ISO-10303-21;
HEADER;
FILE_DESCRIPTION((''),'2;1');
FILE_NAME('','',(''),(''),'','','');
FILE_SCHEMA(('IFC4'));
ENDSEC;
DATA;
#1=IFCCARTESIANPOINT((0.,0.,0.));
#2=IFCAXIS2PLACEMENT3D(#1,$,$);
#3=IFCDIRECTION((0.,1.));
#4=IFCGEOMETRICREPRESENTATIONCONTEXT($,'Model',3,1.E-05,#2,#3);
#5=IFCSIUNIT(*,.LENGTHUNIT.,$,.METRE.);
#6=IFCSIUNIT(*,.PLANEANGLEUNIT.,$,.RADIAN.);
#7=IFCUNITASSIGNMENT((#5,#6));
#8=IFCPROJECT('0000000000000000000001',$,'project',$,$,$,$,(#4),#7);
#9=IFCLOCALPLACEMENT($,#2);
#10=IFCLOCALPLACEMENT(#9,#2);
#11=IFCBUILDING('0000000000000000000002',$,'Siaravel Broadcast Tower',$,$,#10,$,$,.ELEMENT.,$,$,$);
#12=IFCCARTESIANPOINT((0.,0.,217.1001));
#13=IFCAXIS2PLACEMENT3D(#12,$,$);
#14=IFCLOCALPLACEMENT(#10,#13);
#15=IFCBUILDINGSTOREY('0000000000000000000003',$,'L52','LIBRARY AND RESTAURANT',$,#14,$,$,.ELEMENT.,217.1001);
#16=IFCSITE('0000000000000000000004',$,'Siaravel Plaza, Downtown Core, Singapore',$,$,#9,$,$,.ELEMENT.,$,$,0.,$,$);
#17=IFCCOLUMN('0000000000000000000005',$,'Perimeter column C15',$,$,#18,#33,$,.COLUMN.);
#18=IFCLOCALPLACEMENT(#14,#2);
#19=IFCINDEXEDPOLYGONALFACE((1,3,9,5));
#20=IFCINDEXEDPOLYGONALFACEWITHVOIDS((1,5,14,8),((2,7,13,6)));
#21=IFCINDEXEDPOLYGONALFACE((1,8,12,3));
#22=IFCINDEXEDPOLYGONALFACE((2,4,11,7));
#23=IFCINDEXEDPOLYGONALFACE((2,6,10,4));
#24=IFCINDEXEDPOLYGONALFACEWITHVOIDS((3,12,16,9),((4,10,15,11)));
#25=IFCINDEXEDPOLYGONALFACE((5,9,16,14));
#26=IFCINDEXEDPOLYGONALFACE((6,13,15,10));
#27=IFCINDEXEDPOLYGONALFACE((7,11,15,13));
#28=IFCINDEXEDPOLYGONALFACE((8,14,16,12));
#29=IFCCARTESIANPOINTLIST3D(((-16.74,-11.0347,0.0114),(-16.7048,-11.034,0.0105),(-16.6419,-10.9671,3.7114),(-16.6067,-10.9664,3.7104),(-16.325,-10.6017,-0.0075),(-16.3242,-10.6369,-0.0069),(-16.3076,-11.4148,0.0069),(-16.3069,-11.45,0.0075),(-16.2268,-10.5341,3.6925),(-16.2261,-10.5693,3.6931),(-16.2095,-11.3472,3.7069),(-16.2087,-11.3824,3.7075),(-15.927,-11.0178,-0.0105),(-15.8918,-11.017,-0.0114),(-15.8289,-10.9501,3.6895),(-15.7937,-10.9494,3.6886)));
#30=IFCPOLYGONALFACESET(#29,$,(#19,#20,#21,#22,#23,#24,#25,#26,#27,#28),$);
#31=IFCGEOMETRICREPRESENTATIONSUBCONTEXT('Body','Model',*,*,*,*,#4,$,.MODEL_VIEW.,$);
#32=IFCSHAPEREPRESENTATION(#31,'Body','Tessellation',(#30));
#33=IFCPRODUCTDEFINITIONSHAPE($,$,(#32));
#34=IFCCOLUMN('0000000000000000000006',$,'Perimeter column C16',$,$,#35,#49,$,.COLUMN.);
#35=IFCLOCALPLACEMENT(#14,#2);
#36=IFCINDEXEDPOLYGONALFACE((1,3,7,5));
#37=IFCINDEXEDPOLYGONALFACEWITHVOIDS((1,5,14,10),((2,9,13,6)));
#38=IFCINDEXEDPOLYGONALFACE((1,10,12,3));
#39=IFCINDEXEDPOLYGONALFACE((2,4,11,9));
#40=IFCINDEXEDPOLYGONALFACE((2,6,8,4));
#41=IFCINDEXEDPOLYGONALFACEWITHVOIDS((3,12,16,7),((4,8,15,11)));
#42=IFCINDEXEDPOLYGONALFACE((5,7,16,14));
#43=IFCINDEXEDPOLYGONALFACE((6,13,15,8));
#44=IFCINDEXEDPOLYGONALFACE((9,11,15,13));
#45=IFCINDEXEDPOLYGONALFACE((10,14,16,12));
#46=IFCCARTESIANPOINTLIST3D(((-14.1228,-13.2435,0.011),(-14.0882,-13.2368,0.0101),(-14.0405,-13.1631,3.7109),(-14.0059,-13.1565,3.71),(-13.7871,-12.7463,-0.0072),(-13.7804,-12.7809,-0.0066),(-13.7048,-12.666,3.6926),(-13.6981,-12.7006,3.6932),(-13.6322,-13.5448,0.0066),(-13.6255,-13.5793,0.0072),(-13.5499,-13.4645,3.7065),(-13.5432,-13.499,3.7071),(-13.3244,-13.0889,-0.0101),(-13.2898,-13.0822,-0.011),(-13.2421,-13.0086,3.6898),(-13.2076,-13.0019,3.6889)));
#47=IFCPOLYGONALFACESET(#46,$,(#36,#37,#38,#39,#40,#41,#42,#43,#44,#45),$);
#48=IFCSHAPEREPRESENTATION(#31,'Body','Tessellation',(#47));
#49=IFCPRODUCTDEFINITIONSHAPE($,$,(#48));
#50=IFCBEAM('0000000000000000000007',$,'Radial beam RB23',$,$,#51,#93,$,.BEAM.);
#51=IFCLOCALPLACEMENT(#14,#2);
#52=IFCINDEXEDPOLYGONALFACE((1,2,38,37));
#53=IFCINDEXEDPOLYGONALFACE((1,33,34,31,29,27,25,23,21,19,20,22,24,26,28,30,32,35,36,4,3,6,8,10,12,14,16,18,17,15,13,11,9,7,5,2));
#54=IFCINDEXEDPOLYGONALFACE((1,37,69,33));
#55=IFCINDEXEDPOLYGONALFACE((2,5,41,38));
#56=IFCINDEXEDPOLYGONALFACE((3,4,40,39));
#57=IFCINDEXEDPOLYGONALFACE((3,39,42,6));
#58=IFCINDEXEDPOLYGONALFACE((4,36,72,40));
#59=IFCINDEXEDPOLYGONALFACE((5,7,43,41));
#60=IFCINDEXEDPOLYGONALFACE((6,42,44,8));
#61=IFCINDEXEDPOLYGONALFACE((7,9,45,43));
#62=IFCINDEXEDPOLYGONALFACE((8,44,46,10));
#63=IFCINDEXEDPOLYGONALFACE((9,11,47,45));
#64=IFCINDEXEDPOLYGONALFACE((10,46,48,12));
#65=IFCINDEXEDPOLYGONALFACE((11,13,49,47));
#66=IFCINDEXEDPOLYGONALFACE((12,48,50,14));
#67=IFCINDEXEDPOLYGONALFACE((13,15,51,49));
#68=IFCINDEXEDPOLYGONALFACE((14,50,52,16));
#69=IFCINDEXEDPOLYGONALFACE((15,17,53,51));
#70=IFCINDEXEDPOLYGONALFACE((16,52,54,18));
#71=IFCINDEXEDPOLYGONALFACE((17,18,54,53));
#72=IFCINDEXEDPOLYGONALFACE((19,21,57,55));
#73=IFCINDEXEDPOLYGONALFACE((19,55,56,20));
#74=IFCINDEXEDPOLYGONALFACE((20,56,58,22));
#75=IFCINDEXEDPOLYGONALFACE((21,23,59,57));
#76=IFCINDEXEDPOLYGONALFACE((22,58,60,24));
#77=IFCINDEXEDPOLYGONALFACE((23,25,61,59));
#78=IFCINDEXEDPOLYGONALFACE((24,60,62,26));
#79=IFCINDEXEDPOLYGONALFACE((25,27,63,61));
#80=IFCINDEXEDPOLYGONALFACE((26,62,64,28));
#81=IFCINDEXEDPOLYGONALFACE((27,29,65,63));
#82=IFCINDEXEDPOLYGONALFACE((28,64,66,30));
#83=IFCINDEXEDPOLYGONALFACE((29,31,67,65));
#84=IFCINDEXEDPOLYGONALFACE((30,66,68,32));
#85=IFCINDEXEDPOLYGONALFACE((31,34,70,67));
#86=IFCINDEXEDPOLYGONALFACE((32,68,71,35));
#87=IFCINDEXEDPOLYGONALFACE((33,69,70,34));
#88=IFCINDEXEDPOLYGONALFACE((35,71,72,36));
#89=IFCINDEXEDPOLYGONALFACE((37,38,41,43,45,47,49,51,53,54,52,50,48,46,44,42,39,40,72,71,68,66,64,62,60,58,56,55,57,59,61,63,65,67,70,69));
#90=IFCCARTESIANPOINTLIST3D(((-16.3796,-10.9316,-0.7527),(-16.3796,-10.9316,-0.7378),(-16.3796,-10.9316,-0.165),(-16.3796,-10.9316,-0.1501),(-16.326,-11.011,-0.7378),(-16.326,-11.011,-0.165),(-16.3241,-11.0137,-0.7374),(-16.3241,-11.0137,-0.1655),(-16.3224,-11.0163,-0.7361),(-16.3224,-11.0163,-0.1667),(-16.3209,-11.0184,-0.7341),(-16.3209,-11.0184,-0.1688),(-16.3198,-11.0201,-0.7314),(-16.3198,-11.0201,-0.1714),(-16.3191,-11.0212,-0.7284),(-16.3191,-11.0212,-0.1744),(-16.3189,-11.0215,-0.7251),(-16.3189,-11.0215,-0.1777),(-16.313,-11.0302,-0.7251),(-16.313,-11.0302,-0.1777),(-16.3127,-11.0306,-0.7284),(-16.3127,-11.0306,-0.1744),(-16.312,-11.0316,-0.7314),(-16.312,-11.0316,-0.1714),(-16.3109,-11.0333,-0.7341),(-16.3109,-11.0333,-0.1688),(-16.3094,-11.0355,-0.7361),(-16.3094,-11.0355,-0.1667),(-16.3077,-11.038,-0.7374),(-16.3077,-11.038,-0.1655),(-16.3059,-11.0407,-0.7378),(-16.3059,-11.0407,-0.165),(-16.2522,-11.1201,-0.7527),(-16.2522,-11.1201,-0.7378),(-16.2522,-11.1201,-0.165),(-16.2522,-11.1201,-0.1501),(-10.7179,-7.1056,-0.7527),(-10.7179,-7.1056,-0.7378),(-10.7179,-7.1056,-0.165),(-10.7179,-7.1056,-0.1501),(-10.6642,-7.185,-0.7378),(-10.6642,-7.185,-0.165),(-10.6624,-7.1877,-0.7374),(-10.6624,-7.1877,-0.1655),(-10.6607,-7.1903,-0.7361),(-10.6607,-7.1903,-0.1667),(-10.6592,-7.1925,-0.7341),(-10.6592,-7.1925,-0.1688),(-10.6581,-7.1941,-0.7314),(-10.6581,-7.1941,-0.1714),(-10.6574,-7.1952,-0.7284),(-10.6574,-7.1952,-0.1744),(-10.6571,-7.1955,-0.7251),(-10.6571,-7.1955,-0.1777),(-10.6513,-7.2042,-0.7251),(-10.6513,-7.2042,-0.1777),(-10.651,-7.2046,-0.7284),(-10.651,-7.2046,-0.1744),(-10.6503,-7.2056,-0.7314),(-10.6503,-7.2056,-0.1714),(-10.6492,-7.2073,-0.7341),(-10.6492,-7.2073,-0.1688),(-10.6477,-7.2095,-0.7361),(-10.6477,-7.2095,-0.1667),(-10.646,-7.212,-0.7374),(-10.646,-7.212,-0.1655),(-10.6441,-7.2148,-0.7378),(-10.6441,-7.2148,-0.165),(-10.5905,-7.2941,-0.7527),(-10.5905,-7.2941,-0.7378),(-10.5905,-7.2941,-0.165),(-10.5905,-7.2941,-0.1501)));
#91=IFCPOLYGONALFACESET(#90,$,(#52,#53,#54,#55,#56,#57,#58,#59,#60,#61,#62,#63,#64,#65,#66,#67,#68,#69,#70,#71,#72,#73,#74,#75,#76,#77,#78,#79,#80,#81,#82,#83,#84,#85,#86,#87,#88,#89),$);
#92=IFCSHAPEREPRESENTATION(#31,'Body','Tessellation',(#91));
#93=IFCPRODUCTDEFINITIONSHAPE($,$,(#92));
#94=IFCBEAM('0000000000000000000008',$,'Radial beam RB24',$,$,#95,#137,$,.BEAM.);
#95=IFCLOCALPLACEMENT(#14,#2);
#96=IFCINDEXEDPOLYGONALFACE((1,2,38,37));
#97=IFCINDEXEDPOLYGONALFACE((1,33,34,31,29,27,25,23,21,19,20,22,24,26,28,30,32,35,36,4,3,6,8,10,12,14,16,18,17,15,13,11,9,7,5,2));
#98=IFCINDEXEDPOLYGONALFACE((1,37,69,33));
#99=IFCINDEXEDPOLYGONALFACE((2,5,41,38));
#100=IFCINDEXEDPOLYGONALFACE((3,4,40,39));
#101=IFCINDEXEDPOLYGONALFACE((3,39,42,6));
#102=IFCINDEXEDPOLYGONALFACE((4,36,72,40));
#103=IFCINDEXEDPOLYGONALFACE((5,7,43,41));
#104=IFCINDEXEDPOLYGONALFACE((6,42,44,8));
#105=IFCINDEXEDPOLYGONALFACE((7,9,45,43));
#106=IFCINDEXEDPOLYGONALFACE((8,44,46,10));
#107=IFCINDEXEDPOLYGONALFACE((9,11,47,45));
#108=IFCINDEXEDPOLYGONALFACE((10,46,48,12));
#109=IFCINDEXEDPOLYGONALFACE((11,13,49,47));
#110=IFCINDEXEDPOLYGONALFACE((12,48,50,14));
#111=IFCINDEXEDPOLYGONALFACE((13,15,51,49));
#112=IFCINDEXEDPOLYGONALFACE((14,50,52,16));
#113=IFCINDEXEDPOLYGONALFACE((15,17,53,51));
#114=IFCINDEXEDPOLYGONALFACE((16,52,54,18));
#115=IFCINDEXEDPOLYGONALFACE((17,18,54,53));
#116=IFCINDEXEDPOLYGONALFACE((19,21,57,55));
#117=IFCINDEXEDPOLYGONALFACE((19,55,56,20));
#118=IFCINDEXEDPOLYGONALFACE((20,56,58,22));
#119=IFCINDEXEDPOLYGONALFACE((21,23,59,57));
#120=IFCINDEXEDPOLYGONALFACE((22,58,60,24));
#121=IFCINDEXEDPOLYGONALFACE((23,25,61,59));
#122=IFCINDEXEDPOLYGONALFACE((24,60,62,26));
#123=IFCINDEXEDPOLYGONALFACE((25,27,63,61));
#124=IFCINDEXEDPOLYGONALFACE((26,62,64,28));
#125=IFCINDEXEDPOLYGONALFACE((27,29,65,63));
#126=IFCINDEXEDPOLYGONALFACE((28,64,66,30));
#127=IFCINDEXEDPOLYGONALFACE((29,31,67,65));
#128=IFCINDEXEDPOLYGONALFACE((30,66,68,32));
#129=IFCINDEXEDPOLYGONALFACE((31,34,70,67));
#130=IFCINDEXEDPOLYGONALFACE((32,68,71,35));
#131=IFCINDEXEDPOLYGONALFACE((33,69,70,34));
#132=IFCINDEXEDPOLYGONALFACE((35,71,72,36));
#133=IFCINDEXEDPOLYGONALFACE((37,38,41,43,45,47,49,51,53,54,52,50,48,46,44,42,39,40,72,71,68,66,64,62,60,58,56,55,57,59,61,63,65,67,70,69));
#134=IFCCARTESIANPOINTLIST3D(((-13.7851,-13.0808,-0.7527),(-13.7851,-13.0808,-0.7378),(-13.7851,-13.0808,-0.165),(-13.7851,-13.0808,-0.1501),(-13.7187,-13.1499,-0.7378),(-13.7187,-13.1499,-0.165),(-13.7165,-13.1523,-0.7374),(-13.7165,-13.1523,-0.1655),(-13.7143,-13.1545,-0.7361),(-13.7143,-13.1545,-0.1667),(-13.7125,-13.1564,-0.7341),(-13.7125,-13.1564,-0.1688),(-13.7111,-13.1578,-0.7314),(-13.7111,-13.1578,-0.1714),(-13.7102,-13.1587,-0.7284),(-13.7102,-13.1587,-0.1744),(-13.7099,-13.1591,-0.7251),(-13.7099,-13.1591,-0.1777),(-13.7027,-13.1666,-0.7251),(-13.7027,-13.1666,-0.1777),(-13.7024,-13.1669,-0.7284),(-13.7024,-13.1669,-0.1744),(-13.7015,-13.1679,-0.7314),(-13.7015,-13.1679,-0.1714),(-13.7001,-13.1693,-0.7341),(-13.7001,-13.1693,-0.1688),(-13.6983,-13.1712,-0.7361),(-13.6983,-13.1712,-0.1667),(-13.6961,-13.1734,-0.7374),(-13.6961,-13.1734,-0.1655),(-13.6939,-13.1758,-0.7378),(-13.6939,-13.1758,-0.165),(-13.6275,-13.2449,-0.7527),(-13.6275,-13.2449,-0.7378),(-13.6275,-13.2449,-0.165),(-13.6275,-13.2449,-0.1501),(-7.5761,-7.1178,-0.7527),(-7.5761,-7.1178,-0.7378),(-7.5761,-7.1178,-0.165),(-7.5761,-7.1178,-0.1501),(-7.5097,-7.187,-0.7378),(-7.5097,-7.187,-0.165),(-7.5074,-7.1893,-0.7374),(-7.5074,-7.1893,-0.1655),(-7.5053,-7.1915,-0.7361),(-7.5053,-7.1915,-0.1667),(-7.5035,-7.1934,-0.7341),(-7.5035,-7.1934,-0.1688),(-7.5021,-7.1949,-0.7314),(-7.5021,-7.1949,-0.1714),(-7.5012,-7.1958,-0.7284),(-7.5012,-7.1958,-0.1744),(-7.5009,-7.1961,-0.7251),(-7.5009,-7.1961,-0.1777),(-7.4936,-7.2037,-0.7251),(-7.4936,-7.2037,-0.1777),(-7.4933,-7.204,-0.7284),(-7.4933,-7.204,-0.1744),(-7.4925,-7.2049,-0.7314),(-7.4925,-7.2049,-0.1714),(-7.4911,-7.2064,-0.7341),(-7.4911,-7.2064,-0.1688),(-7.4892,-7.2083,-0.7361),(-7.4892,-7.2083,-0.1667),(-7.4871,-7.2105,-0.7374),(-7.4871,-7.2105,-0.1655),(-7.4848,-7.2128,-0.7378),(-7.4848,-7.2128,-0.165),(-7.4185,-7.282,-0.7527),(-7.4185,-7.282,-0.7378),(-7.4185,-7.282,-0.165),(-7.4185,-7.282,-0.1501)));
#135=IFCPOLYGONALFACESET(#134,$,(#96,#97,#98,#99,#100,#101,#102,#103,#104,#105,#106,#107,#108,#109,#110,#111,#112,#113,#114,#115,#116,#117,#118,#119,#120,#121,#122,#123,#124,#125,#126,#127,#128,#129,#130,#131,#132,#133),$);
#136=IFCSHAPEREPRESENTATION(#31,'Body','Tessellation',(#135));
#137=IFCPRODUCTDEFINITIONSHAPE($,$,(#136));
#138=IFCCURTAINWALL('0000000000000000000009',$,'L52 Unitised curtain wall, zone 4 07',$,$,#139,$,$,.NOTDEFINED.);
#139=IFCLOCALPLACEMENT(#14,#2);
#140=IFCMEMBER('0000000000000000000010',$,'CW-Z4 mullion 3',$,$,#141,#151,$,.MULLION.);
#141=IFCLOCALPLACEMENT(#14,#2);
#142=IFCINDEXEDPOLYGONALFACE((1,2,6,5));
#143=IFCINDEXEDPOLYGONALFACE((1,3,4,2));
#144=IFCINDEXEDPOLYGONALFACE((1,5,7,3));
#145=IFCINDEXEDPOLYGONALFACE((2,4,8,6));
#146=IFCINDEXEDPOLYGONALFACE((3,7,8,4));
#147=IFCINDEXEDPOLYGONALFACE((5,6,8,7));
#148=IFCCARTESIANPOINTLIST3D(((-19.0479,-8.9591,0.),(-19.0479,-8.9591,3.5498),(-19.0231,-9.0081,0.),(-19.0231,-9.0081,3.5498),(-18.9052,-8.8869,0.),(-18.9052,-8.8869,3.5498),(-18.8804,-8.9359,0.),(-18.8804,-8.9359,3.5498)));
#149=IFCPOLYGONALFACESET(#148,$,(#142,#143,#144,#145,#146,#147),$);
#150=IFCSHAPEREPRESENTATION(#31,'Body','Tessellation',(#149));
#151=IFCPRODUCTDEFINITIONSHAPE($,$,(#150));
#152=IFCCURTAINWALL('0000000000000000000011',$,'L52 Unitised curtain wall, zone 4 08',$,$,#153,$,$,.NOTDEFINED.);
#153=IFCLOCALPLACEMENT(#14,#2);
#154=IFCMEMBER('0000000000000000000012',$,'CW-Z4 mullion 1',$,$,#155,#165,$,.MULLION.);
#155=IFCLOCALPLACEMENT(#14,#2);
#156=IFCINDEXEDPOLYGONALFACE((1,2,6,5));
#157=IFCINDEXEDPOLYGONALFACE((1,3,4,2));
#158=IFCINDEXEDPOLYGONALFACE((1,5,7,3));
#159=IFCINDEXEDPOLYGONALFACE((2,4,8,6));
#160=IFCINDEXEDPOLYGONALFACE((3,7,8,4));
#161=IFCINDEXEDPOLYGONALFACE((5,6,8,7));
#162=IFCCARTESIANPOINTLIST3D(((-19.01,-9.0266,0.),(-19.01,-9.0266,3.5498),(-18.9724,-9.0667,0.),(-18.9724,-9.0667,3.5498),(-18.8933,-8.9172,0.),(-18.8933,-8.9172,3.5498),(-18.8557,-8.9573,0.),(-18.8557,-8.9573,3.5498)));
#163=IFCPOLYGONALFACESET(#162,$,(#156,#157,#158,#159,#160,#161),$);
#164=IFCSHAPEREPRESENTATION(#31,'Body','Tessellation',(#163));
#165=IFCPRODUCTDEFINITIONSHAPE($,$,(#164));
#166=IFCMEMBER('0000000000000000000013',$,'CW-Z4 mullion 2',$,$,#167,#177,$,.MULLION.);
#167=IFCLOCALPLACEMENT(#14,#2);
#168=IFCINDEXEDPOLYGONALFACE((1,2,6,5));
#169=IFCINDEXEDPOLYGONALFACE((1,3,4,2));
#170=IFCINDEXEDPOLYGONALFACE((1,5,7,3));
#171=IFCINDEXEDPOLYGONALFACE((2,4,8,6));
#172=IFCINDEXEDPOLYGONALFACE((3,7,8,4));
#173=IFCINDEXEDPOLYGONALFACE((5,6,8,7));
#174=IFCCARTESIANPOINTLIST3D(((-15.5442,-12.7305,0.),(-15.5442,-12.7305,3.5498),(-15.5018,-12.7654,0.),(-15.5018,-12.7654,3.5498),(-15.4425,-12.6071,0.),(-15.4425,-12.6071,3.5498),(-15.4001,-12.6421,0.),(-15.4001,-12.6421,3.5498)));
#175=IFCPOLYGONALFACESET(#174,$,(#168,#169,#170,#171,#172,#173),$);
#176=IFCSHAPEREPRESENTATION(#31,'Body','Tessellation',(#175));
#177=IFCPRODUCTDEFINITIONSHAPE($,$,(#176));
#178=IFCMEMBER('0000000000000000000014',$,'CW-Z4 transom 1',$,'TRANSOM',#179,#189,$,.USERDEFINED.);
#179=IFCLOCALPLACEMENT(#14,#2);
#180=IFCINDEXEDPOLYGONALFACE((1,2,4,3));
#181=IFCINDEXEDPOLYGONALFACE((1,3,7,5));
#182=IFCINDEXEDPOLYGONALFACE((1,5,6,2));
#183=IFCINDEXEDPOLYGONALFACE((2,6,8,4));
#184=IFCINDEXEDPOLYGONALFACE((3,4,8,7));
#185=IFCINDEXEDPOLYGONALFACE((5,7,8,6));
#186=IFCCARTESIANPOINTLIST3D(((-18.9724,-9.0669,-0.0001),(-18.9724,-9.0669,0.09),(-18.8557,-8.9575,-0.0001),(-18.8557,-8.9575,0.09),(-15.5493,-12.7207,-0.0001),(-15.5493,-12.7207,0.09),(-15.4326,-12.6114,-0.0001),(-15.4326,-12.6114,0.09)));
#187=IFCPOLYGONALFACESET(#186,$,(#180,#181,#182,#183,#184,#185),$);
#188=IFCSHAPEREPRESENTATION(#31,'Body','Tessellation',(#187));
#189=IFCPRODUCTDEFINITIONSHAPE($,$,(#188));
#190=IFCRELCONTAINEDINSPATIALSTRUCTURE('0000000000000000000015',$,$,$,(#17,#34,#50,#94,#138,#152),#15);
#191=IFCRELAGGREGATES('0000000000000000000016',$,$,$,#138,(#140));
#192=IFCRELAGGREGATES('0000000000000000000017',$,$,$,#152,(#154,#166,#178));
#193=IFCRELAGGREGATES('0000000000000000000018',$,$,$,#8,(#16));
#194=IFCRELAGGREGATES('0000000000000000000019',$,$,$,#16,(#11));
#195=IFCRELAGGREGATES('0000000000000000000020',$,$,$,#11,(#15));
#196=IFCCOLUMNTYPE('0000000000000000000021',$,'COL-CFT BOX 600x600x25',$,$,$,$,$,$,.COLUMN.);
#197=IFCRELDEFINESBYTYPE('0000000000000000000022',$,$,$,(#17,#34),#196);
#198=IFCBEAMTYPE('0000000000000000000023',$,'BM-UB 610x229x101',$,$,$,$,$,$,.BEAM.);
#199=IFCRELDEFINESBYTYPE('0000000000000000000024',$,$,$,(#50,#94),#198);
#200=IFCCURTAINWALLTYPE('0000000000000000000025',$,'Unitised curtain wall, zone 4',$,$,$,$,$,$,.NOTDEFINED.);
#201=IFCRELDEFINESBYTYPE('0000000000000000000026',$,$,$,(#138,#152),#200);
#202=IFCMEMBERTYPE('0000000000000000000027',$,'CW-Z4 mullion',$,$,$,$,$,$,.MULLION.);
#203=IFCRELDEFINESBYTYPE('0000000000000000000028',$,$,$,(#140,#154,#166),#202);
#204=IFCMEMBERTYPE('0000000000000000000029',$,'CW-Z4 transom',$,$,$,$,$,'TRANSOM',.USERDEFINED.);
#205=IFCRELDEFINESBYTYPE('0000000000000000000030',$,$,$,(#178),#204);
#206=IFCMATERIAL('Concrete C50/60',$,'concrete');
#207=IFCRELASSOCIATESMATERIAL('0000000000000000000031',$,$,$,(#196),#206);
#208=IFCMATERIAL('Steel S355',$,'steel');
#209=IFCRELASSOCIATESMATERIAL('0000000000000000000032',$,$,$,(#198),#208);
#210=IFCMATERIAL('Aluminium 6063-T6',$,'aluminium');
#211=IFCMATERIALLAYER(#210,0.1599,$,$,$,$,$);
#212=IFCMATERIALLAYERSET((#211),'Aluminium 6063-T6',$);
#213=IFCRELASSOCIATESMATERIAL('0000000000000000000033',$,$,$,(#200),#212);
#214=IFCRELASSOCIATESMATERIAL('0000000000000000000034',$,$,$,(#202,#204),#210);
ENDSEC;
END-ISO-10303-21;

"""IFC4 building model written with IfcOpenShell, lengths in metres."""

from ifc_helpers import new_model, si_unit, direction, frame, origin, origin_2d, place, context, subcontext, project, spatial, rectangle, hollow_rectangle, i_section, extrude, material, layer, layer_set, material_profile, profile_set, type_object, element, aggregate, save


model = new_model("IFC4")

# Units and contexts
model_context = context("Model", 3, precision=1e-05, world=origin(), true_north=direction((0.0, 1.0)))
body_context = subcontext(model_context, "Body", "Model", "MODEL_VIEW")
ifc_project = project(units=[si_unit("LENGTHUNIT", "METRE"), si_unit("PLANEANGLEUNIT", "RADIAN")], contexts=[model_context])

# Site, building, storey
site_placement = place(None, origin())
site = spatial("IfcSite", under=ifc_project, at=site_placement, Name="Siaravel Plaza, Downtown Core, Singapore", CompositionType="ELEMENT", RefElevation=0.0)
building_placement = place(site_placement, origin())
building = spatial("IfcBuilding", under=site, at=building_placement, Name="Siaravel Broadcast Tower", CompositionType="ELEMENT")
storey_placement = place(building_placement, frame((0.0, 0.0, 217.1001)))
storey = spatial("IfcBuildingStorey", under=building, at=storey_placement, Name="L52", Description="LIBRARY AND RESTAURANT", CompositionType="ELEMENT", Elevation=217.1001)

# Columns
ifc_material_1 = material(Name="Concrete C50/60", Category="concrete")
ifc_material_profile_1 = material_profile(ifc_material_1, hollow_rectangle(XDim=0.6001, YDim=0.6001, WallThickness=0.0249, at=origin_2d()))
ifc_profile_set_1 = profile_set([ifc_material_profile_1], Name="Concrete C50/60")
column_type = type_object("IfcColumnType", Name="COL-CFT BOX 600x600x25", PredefinedType="COLUMN", material=ifc_profile_set_1)
column_1_placement = place(storey_placement, frame((-16.3159, -11.0259, 0.0), z_axis=(0.026512, 0.018268, 0.999482), x_axis=(-0.721794, 0.692077, 0.006497)))
element("IfcColumn", 1, at=column_1_placement, inside=storey, type_object=column_type, Name="Perimeter column C15", PredefinedType="COLUMN", context=body_context, shape_type="SweptSolid", body=[
    extrude(hollow_rectangle(XDim=0.6001, YDim=0.6001, WallThickness=0.0249, at=origin_2d()), origin(), (0.0, 0.0, 1.0), 3.7019),
])
column_2_placement = place(storey_placement, frame((-13.7063, -13.1628, 0.0), z_axis=(0.022226, 0.021699, 0.999517), x_axis=(-0.828663, 0.559712, 0.006276)))
element("IfcColumn", 2, at=column_2_placement, inside=storey, type_object=column_type, Name="Perimeter column C16", PredefinedType="COLUMN", context=body_context, shape_type="SweptSolid", body=[
    extrude(hollow_rectangle(XDim=0.6001, YDim=0.6001, WallThickness=0.0249, at=origin_2d()), origin(), (0.0, 0.0, 1.0), 3.7017),
])

# Beams
ifc_material_2 = material(Name="Steel S355", Category="steel")
ifc_material_profile_2 = material_profile(ifc_material_2, i_section(OverallWidth=0.2275, OverallDepth=0.6025, WebThickness=0.0105, FlangeThickness=0.0149, FilletRadius=0.0127, at=origin_2d()))
ifc_profile_set_2 = profile_set([ifc_material_profile_2], Name="Steel S355")
beam_type = type_object("IfcBeamType", Name="BM-UB 610x229x101", PredefinedType="BEAM", material=ifc_profile_set_2)
beam_1_placement = place(storey_placement, frame((-16.3159, -11.0259, -0.4514), z_axis=(0.828554, 0.559908, 0.0), x_axis=(-0.559908, 0.828554, 0.0)))
element("IfcBeam", 3, at=beam_1_placement, inside=storey, type_object=beam_type, Name="Radial beam RB23", PredefinedType="BEAM", context=body_context, shape_type="SweptSolid", body=[
    extrude(i_section(OverallWidth=0.2275, OverallDepth=0.6025, WebThickness=0.0105, FlangeThickness=0.0149, FilletRadius=0.0127, at=origin_2d()), origin(), (0.0, 0.0, 1.0), 6.8333),
])
beam_2_placement = place(storey_placement, frame((-13.7063, -13.1628, -0.4514), z_axis=(0.721256, 0.692669, 0.0), x_axis=(-0.692669, 0.721256, 0.0)))
element("IfcBeam", 4, at=beam_2_placement, inside=storey, type_object=beam_type, Name="Radial beam RB24", PredefinedType="BEAM", context=body_context, shape_type="SweptSolid", body=[
    extrude(i_section(OverallWidth=0.2275, OverallDepth=0.6025, WebThickness=0.0105, FlangeThickness=0.0149, FilletRadius=0.0127, at=origin_2d()), origin(), (0.0, 0.0, 1.0), 8.6086),
])

# Curtain wall, member
ifc_material_3 = material(Name="Aluminium 6063-T6", Category="aluminium")
ifc_layer_1 = layer(ifc_material_3, 0.1599)
ifc_layer_set_1 = layer_set([ifc_layer_1], Name="Aluminium 6063-T6")
curtain_wall_type = type_object("IfcCurtainWallType", Name="Unitised curtain wall, zone 4", PredefinedType="NOTDEFINED", material=ifc_layer_set_1)
curtain_wall_1_placement = place(storey_placement, origin())
curtain_wall_1 = element("IfcCurtainWall", 5, at=curtain_wall_1_placement, inside=storey, type_object=curtain_wall_type, Name="L52 Unitised curtain wall, zone 4 07", PredefinedType="NOTDEFINED")
ifc_material_profile_3 = material_profile(ifc_material_3, rectangle(XDim=0.1599, YDim=0.0549, at=origin_2d()))
ifc_profile_set_3 = profile_set([ifc_material_profile_3], Name="Aluminium 6063-T6")
member_type_1 = type_object("IfcMemberType", Name="CW-Z4 mullion", PredefinedType="MULLION", material=ifc_profile_set_3)
member_1_placement = place(storey_placement, frame((-18.9641, -8.9475, 0.0), z_axis=(0.0, 0.0, 1.0), x_axis=(0.892393, 0.45126, 0.0)))
member_1 = element("IfcMember", 6, at=member_1_placement, type_object=member_type_1, Name="CW-Z4 mullion 3", PredefinedType="MULLION", context=body_context, shape_type="SweptSolid", body=[
    extrude(rectangle(XDim=0.1599, YDim=0.0549, at=origin_2d()), origin(), (0.0, 0.0, 1.0), 3.5498),
])
aggregate(curtain_wall_1, [member_1])

# Curtain wall, members
curtain_wall_2_placement = place(storey_placement, origin())
curtain_wall_2 = element("IfcCurtainWall", 7, at=curtain_wall_2_placement, inside=storey, type_object=curtain_wall_type, Name="L52 Unitised curtain wall, zone 4 08", PredefinedType="NOTDEFINED")
member_2_placement = place(storey_placement, frame((-18.9329, -8.9919, 0.0), z_axis=(0.0, 0.0, 1.0), x_axis=(0.729806, 0.683654, 0.0)))
member_2 = element("IfcMember", 8, at=member_2_placement, type_object=member_type_1, Name="CW-Z4 mullion 1", PredefinedType="MULLION", context=body_context, shape_type="SweptSolid", body=[
    extrude(rectangle(XDim=0.1599, YDim=0.0549, at=origin_2d()), origin(), (0.0, 0.0, 1.0), 3.5498),
])
member_3_placement = place(storey_placement, frame((-15.4722, -12.6863, 0.0), z_axis=(0.0, 0.0, 1.0), x_axis=(0.63622, 0.771508, 0.0)))
member_3 = element("IfcMember", 9, at=member_3_placement, type_object=member_type_1, Name="CW-Z4 mullion 2", PredefinedType="MULLION", context=body_context, shape_type="SweptSolid", body=[
    extrude(rectangle(XDim=0.1599, YDim=0.0549, at=origin_2d()), origin(), (0.0, 0.0, 1.0), 3.5498),
])
ifc_material_profile_4 = material_profile(ifc_material_3, rectangle(XDim=0.1599, YDim=0.0901, at=origin_2d()))
ifc_profile_set_4 = profile_set([ifc_material_profile_4], Name="Aluminium 6063-T6")
member_type_2 = type_object("IfcMemberType", Name="CW-Z4 transom", ElementType="TRANSOM", PredefinedType="USERDEFINED", material=ifc_profile_set_4)
member_4_placement = place(storey_placement, frame((-18.9141, -9.0122, 0.0449), z_axis=(0.683691, -0.729771, 0.0), x_axis=(0.729771, 0.683691, 0.0)))
member_4 = element("IfcMember", 10, at=member_4_placement, type_object=member_type_2, Name="CW-Z4 transom 1", ObjectType="TRANSOM", PredefinedType="USERDEFINED", context=body_context, shape_type="SweptSolid", body=[
    extrude(rectangle(XDim=0.1599, YDim=0.0901, at=origin_2d()), origin(), (0.0, 0.0, 1.0), 5.0068),
])

aggregate(curtain_wall_2, [member_2, member_3, member_4])

save(model, "model.ifc")
